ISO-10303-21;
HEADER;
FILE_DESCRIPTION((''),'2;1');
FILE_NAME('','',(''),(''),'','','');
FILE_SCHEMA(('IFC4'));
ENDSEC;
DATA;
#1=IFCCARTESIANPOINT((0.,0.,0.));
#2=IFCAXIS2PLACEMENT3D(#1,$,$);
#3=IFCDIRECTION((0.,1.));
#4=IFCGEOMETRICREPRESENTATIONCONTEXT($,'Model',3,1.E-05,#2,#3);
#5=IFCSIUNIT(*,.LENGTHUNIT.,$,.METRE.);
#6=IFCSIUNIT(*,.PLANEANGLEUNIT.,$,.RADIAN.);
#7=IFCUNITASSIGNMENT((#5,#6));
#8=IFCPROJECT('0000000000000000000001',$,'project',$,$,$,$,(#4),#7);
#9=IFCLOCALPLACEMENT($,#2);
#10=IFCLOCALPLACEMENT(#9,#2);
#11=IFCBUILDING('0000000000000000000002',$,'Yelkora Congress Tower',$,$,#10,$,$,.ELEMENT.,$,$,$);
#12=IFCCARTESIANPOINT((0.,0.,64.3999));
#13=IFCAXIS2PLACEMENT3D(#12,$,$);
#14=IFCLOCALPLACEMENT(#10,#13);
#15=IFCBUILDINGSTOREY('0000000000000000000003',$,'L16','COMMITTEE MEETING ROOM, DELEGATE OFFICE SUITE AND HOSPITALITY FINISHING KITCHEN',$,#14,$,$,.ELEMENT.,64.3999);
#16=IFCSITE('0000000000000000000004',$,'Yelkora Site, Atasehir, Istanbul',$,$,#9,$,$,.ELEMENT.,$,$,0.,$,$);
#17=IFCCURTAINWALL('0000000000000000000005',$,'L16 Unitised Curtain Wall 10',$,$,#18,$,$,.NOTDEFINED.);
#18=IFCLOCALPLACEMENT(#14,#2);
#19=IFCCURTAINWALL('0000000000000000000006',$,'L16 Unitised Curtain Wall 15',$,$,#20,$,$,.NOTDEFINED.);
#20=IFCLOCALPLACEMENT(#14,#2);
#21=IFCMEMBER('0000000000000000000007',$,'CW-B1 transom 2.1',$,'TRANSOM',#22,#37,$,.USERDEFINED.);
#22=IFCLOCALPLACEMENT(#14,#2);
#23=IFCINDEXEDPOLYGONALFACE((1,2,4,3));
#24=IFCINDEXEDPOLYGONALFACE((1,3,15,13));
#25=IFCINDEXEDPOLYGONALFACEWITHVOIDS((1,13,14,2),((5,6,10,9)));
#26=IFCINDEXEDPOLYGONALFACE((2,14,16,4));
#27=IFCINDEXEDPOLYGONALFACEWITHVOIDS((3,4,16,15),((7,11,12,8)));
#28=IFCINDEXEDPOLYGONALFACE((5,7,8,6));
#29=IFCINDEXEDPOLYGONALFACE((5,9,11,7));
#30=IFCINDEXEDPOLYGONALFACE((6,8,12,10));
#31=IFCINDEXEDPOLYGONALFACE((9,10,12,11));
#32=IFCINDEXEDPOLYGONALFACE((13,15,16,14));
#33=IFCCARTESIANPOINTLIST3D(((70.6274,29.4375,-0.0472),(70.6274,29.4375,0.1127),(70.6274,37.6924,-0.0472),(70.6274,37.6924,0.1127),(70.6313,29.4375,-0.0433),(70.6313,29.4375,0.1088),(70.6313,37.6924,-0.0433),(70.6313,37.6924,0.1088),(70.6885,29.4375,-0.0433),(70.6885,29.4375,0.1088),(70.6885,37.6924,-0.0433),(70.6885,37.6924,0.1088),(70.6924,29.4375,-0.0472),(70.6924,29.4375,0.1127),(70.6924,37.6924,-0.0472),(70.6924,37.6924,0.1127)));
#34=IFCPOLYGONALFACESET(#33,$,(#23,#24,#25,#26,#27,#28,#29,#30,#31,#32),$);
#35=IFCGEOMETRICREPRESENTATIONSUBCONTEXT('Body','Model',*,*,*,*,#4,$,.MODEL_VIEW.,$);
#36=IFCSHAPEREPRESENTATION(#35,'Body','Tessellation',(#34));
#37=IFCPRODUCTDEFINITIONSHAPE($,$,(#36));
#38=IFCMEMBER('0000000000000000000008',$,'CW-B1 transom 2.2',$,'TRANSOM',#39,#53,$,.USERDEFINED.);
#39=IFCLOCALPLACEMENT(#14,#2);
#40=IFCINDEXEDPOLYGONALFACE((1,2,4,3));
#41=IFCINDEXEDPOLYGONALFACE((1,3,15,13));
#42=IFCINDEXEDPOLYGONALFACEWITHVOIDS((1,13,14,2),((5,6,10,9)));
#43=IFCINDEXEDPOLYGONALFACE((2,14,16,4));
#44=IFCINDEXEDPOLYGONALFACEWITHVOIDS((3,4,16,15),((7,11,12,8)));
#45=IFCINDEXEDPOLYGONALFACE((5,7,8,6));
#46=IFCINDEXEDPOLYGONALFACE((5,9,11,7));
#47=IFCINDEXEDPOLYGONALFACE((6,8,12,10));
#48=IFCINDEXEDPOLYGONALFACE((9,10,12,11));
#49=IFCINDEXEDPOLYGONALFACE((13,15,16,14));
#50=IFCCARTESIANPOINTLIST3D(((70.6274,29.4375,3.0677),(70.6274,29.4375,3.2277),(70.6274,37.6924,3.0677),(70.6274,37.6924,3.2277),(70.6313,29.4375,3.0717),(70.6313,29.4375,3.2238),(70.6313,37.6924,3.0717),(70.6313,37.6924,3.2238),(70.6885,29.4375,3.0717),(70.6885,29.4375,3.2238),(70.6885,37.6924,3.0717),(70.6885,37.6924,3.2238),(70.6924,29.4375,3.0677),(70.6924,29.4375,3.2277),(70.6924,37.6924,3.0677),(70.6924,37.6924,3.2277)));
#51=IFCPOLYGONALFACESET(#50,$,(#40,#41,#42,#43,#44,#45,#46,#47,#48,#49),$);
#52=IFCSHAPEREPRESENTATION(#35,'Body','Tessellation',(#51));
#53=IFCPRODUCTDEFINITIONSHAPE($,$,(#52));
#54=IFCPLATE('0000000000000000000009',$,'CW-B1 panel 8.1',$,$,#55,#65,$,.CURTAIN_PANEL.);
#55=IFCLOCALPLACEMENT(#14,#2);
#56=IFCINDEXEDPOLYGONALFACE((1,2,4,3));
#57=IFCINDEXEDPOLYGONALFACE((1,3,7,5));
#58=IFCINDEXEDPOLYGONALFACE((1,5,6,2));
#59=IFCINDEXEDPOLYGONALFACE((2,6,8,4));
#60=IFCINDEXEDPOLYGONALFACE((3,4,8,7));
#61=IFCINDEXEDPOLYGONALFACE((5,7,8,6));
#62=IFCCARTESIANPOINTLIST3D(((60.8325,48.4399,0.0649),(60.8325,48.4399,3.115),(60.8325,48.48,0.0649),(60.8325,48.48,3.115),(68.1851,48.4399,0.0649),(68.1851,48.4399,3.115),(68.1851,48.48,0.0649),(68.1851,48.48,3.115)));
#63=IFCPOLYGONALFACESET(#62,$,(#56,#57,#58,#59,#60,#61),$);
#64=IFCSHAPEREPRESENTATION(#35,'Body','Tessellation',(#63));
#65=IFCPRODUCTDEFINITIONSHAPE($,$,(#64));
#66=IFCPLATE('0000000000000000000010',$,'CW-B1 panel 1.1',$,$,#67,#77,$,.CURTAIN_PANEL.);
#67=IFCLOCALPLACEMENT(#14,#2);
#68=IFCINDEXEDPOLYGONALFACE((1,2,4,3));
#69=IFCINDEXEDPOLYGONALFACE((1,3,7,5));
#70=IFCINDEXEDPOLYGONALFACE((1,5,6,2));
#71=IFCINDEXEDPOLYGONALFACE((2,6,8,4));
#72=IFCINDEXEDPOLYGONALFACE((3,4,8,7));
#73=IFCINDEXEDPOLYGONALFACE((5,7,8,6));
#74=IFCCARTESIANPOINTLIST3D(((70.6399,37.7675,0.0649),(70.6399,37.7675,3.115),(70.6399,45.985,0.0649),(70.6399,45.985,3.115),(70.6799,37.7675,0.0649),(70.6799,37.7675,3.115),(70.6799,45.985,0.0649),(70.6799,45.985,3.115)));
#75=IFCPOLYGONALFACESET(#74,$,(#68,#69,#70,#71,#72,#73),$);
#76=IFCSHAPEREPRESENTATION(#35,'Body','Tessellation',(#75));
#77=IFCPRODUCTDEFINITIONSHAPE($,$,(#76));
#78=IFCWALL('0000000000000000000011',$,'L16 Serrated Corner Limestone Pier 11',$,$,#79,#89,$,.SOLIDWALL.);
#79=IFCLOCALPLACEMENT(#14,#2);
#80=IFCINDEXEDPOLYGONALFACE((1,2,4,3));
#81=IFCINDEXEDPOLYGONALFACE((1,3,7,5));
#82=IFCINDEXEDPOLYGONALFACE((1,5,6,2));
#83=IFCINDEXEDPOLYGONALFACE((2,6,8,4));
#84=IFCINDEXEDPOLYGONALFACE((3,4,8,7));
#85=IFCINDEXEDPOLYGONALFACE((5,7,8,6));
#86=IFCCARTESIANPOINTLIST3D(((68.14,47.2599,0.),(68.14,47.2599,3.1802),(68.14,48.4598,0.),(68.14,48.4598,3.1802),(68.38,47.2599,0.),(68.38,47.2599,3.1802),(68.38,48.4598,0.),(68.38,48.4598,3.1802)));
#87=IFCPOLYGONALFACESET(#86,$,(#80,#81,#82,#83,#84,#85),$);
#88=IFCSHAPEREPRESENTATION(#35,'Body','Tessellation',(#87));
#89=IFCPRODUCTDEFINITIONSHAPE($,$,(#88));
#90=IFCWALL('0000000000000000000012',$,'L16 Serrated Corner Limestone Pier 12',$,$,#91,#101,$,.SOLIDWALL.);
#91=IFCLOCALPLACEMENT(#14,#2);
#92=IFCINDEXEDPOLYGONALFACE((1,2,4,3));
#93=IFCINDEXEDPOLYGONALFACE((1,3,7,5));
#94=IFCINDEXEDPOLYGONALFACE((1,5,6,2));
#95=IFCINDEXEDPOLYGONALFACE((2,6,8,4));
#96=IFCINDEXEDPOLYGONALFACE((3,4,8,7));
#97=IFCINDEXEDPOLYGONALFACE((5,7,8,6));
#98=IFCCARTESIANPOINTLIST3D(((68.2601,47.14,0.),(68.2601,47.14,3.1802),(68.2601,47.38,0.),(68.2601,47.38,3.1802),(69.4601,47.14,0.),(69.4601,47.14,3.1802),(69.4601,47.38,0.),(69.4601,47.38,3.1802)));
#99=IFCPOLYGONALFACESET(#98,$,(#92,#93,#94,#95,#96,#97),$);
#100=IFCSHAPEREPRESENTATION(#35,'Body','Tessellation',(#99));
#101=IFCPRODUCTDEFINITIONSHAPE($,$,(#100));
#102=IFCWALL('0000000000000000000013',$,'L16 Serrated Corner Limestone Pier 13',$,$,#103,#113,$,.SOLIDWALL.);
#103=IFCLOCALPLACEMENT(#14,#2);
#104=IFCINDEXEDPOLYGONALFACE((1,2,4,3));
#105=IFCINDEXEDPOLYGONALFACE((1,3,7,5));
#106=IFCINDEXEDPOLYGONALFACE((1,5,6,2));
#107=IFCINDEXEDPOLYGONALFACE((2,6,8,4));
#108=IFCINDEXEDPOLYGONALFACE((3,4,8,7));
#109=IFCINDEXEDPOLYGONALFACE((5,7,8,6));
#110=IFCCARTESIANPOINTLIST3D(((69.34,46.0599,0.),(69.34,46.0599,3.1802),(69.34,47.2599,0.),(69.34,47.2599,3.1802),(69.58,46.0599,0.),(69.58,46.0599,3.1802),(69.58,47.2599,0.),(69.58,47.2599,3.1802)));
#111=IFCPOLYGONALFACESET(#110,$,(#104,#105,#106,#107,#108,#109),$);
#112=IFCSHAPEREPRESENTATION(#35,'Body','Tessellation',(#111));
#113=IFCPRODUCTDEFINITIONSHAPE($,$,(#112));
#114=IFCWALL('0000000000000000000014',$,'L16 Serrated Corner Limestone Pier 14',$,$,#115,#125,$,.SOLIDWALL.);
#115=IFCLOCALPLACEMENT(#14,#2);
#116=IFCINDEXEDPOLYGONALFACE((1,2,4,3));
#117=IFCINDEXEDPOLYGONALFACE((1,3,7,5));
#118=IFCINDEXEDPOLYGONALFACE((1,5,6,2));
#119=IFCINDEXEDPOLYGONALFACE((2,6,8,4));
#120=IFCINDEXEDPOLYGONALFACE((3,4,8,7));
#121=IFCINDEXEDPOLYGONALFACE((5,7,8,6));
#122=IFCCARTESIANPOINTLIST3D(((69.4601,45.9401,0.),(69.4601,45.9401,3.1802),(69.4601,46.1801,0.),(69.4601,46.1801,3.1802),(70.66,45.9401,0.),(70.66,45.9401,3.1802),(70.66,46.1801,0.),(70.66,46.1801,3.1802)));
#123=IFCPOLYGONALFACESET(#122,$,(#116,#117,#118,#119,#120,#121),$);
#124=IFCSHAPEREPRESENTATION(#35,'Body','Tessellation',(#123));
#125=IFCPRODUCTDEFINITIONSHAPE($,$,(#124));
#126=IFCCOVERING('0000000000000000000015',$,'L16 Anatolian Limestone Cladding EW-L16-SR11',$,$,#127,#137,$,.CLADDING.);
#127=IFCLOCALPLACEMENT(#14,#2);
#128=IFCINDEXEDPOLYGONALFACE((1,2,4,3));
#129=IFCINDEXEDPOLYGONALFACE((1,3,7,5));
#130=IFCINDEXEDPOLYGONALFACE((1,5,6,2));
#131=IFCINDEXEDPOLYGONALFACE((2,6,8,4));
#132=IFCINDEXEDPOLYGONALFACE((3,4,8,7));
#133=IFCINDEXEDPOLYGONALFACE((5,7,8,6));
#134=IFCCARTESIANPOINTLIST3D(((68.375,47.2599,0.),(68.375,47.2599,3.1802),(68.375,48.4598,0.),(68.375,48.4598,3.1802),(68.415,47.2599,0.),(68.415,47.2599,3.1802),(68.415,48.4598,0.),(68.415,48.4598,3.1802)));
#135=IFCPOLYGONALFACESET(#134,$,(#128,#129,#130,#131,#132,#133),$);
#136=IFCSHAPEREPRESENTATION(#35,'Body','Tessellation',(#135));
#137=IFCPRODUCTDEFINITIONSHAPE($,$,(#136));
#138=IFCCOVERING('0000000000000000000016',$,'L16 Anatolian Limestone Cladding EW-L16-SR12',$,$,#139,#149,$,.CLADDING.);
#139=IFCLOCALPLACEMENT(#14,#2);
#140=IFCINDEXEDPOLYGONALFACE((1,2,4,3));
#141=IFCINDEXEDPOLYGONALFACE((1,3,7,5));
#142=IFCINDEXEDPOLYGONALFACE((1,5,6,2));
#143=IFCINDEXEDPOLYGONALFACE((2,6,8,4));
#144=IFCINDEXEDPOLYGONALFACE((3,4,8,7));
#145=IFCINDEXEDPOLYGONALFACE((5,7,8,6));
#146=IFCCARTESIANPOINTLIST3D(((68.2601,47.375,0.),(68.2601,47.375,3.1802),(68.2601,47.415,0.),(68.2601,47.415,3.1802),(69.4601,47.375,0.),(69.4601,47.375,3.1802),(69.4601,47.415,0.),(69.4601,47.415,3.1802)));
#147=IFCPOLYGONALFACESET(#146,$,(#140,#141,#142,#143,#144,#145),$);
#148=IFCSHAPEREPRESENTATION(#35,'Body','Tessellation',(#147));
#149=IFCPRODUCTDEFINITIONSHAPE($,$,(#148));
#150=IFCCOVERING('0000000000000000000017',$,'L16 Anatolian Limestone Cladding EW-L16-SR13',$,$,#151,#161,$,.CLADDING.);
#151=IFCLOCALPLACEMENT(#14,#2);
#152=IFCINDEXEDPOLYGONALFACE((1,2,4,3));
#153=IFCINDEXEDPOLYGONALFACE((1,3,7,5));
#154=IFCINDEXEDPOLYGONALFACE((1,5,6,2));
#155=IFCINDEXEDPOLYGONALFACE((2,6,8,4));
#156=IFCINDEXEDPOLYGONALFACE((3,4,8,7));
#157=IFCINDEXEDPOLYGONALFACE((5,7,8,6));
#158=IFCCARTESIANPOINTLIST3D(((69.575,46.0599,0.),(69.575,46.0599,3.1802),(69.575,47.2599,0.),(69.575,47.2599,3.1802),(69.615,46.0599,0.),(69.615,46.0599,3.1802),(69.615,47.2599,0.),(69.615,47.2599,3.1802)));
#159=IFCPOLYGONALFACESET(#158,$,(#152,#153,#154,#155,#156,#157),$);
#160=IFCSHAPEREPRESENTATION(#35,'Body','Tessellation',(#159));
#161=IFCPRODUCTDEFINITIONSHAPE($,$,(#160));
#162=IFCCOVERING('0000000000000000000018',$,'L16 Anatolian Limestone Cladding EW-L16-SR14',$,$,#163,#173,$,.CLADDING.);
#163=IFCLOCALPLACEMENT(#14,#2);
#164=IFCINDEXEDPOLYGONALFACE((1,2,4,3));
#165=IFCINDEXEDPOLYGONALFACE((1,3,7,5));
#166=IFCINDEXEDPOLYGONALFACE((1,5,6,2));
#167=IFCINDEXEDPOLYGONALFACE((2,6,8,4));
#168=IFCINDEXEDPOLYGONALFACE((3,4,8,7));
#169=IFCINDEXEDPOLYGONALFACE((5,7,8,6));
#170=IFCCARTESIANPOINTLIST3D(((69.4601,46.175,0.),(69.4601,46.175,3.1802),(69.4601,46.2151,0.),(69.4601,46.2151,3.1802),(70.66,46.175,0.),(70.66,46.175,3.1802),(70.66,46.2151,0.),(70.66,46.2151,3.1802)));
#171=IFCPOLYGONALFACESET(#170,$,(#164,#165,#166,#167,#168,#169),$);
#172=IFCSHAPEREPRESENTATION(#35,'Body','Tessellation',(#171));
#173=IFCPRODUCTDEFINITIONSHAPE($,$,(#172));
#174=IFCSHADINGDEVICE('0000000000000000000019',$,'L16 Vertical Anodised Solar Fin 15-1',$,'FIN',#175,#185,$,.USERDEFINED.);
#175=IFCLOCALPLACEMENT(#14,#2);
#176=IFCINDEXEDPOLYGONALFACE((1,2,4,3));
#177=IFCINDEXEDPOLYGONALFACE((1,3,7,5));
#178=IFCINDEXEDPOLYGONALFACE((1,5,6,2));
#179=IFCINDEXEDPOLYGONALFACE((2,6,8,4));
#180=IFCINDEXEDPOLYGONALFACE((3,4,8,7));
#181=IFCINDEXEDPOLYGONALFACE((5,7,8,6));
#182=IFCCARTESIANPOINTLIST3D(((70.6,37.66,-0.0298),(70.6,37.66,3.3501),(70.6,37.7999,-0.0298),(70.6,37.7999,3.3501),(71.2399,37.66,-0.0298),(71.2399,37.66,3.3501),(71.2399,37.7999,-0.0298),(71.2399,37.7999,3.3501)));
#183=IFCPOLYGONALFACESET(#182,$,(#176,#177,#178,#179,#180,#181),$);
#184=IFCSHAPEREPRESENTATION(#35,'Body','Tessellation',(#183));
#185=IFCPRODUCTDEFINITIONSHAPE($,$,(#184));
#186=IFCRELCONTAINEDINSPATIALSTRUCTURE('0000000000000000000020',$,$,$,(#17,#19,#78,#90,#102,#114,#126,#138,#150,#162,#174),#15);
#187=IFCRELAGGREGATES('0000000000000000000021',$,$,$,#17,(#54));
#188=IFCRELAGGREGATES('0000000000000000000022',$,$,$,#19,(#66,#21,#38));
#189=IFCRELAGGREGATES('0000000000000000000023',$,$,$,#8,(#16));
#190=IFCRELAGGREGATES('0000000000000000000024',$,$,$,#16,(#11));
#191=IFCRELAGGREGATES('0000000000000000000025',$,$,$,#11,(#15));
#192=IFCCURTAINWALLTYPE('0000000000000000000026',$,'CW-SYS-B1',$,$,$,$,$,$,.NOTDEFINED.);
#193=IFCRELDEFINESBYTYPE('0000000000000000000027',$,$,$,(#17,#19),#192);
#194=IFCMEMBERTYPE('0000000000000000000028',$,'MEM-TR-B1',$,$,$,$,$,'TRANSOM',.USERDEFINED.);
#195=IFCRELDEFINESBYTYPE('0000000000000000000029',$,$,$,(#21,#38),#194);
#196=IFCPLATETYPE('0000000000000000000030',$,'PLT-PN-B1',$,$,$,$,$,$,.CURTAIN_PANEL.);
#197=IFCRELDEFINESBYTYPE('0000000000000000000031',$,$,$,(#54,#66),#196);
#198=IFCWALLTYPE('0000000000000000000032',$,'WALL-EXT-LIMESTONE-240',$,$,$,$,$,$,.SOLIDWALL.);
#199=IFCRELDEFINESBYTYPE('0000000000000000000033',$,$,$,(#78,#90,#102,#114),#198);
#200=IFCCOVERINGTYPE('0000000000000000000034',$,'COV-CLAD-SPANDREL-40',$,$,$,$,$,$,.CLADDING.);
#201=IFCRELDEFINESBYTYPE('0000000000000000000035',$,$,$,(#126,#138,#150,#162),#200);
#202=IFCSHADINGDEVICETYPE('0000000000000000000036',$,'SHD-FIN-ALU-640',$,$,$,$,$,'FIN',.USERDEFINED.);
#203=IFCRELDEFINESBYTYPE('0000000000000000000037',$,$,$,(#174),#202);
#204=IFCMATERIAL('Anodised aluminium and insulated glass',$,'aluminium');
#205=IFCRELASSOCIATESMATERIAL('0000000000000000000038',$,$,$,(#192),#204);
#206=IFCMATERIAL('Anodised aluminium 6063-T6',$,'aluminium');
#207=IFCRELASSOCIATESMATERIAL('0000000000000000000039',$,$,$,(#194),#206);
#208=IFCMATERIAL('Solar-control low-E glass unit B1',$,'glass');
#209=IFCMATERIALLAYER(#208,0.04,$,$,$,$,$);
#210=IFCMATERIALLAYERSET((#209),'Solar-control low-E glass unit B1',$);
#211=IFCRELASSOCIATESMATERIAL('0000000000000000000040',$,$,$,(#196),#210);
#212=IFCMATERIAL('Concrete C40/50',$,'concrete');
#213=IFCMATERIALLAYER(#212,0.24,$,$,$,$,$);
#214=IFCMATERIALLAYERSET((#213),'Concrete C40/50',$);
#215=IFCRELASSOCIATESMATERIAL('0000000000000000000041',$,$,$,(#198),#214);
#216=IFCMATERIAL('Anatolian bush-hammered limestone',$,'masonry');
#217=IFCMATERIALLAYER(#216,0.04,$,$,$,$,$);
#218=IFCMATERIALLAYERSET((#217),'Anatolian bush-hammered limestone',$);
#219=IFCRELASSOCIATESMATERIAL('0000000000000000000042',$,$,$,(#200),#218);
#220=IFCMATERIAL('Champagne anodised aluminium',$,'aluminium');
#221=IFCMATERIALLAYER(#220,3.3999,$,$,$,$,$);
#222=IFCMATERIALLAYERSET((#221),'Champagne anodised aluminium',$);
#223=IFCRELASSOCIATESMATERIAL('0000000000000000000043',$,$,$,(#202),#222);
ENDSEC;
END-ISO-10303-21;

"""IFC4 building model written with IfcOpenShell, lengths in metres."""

from ifc_helpers import new_model, si_unit, direction, frame, frame_2d, origin, origin_2d, place, context, subcontext, project, spatial, rectangle, hollow_rectangle, extrude, material, layer, layer_set, material_profile, profile_set, type_object, element, aggregate, save


model = new_model("IFC4")

# Units and contexts
model_context = context("Model", 3, precision=1e-05, world=origin(), true_north=direction((0.0, 1.0)))
body_context = subcontext(model_context, "Body", "Model", "MODEL_VIEW")
ifc_project = project(units=[si_unit("LENGTHUNIT", "METRE"), si_unit("PLANEANGLEUNIT", "RADIAN")], contexts=[model_context])

# Site, building, storey
site_placement = place(None, origin())
site = spatial("IfcSite", under=ifc_project, at=site_placement, Name="Yelkora Site, Atasehir, Istanbul", CompositionType="ELEMENT", RefElevation=0.0)
building_placement = place(site_placement, origin())
building = spatial("IfcBuilding", under=site, at=building_placement, Name="Yelkora Congress Tower", CompositionType="ELEMENT")
storey_placement = place(building_placement, frame((0.0, 0.0, 64.3999)))
storey = spatial("IfcBuildingStorey", under=building, at=storey_placement, Name="L16", Description="COMMITTEE MEETING ROOM, DELEGATE OFFICE SUITE AND HOSPITALITY FINISHING KITCHEN", CompositionType="ELEMENT", Elevation=64.3999)

# Curtain wall
ifc_material_1 = material(Name="Anodised aluminium and insulated glass", Category="aluminium")
curtain_wall_type = type_object("IfcCurtainWallType", Name="CW-SYS-B1", PredefinedType="NOTDEFINED", material=ifc_material_1)
curtain_wall_1_placement = place(storey_placement, origin())
curtain_wall_1 = element("IfcCurtainWall", 1, at=curtain_wall_1_placement, inside=storey, type_object=curtain_wall_type, Name="L16 Unitised Curtain Wall 10", PredefinedType="NOTDEFINED")
ifc_material_2 = material(Name="Anodised aluminium 6063-T6", Category="aluminium")

# Curtain wall, members
curtain_wall_2_placement = place(storey_placement, origin())
curtain_wall_2 = element("IfcCurtainWall", 2, at=curtain_wall_2_placement, inside=storey, type_object=curtain_wall_type, Name="L16 Unitised Curtain Wall 15", PredefinedType="NOTDEFINED")
ifc_material_profile_1 = material_profile(ifc_material_2, hollow_rectangle(XDim=0.0649, YDim=0.1599, WallThickness=0.0039, at=origin_2d()), Name="ALU 65x160x4")
ifc_profile_set_1 = profile_set([ifc_material_profile_1], Name="Anodised aluminium 6063-T6")
member_type_1 = type_object("IfcMemberType", Name="MEM-TR-B1", ElementType="TRANSOM", PredefinedType="USERDEFINED", material=ifc_profile_set_1)
member_1_placement = place(storey_placement, frame((70.6599, 37.6924, 0.0327), z_axis=(0.0, -1.0, 0.0), x_axis=(1.0, 0.0, 0.0)))
member_1 = element("IfcMember", 3, at=member_1_placement, type_object=member_type_1, Name="CW-B1 transom 2.1", ObjectType="TRANSOM", PredefinedType="USERDEFINED", context=body_context, shape_type="SweptSolid", body=[
    extrude(hollow_rectangle(XDim=0.0649, YDim=0.1599, WallThickness=0.0039, at=origin_2d()), origin(), (0.0, 0.0, 1.0), 8.2549),
])
member_2_placement = place(storey_placement, frame((70.6599, 37.6924, 3.1477), z_axis=(0.0, -1.0, 0.0), x_axis=(1.0, 0.0, 0.0)))
member_2 = element("IfcMember", 4, at=member_2_placement, type_object=member_type_1, Name="CW-B1 transom 2.2", ObjectType="TRANSOM", PredefinedType="USERDEFINED", context=body_context, shape_type="SweptSolid", body=[
    extrude(hollow_rectangle(XDim=0.0649, YDim=0.1599, WallThickness=0.0039, at=origin_2d()), origin(), (0.0, 0.0, 1.0), 8.2549),
])

# Plates
ifc_material_3 = material(Name="Solar-control low-E glass unit B1", Category="glass")
ifc_layer_1 = layer(ifc_material_3, 0.04)
ifc_layer_set_1 = layer_set([ifc_layer_1], Name="Solar-control low-E glass unit B1")
plate_type = type_object("IfcPlateType", Name="PLT-PN-B1", PredefinedType="CURTAIN_PANEL", material=ifc_layer_set_1)
plate_1_placement = place(storey_placement, frame((64.5088, 48.46, 0.0649), z_axis=(0.0, 0.0, 1.0), x_axis=(1.0, 0.0, 0.0)))
plate_1 = element("IfcPlate", 5, at=plate_1_placement, type_object=plate_type, Name="CW-B1 panel 8.1", PredefinedType="CURTAIN_PANEL", context=body_context, shape_type="SweptSolid", body=[
    extrude(rectangle(XDim=7.3525, YDim=0.04, at=origin_2d()), origin(), (0.0, 0.0, 1.0), 3.05),
])
aggregate(curtain_wall_1, [plate_1])
plate_2_placement = place(storey_placement, frame((70.6599, 41.8762, 0.0649), z_axis=(0.0, 0.0, 1.0), x_axis=(0.0, -1.0, 0.0)))
plate_2 = element("IfcPlate", 6, at=plate_2_placement, type_object=plate_type, Name="CW-B1 panel 1.1", PredefinedType="CURTAIN_PANEL", context=body_context, shape_type="SweptSolid", body=[
    extrude(rectangle(XDim=8.2175, YDim=0.04, at=origin_2d()), origin(), (0.0, 0.0, 1.0), 3.05),
])
aggregate(curtain_wall_2, [plate_2, member_1, member_2])

# Walls
ifc_material_4 = material(Name="Concrete C40/50", Category="concrete")
ifc_layer_2 = layer(ifc_material_4, 0.24)
ifc_layer_set_2 = layer_set([ifc_layer_2], Name="Concrete C40/50")
wall_type = type_object("IfcWallType", Name="WALL-EXT-LIMESTONE-240", PredefinedType="SOLIDWALL", material=ifc_layer_set_2)
for number, where, z_axis, x_axis, name in (
    (7, (68.26, 48.46, 0.0), (0.0, 0.0, 1.0), (0.0, -1.0, 0.0), "L16 Serrated Corner Limestone Pier 11"),
    (8, (68.26, 47.26, 0.0), (0.0, 0.0, 1.0), (1.0, 0.0, 0.0), "L16 Serrated Corner Limestone Pier 12"),
    (9, (69.46, 47.26, 0.0), (0.0, 0.0, 1.0), (0.0, -1.0, 0.0), "L16 Serrated Corner Limestone Pier 13"),
    (10, (69.46, 46.0601, 0.0), (0.0, 0.0, 1.0), (1.0, 0.0, 0.0), "L16 Serrated Corner Limestone Pier 14"),
):
    element("IfcWall", number, at=place(storey_placement, frame(where, z_axis=z_axis, x_axis=x_axis)), inside=storey, type_object=wall_type, Name=name, PredefinedType="SOLIDWALL", context=body_context, shape_type="SweptSolid", body=[
        extrude(rectangle(XDim=1.2, YDim=0.24, at=frame_2d((0.6001, 0.0))), origin(), (0.0, 0.0, 1.0), 3.1802),
    ])

# Coverings
ifc_material_5 = material(Name="Anatolian bush-hammered limestone", Category="masonry")
ifc_layer_3 = layer(ifc_material_5, 0.04)
ifc_layer_set_3 = layer_set([ifc_layer_3], Name="Anatolian bush-hammered limestone")
covering_type = type_object("IfcCoveringType", Name="COV-CLAD-SPANDREL-40", PredefinedType="CLADDING", material=ifc_layer_set_3)
for number, where, z_axis, x_axis, name in (
    (11, (68.395, 48.46, 0.0), (0.0, 0.0, 1.0), (0.0, -1.0, 0.0), "L16 Anatolian Limestone Cladding EW-L16-SR11"),
    (12, (68.26, 47.395, 0.0), (0.0, 0.0, 1.0), (1.0, 0.0, 0.0), "L16 Anatolian Limestone Cladding EW-L16-SR12"),
    (13, (69.595, 47.26, 0.0), (0.0, 0.0, 1.0), (0.0, -1.0, 0.0), "L16 Anatolian Limestone Cladding EW-L16-SR13"),
    (14, (69.46, 46.1951, 0.0), (0.0, 0.0, 1.0), (1.0, 0.0, 0.0), "L16 Anatolian Limestone Cladding EW-L16-SR14"),
):
    element("IfcCovering", number, at=place(storey_placement, frame(where, z_axis=z_axis, x_axis=x_axis)), inside=storey, type_object=covering_type, Name=name, PredefinedType="CLADDING", context=body_context, shape_type="SweptSolid", body=[
        extrude(rectangle(XDim=1.2, YDim=0.04, at=frame_2d((0.6001, 0.0))), origin(), (0.0, 0.0, 1.0), 3.1802),
    ])

# Shading device
ifc_material_6 = material(Name="Champagne anodised aluminium", Category="aluminium")
ifc_layer_4 = layer(ifc_material_6, 3.3999)
ifc_layer_set_4 = layer_set([ifc_layer_4], Name="Champagne anodised aluminium")
shading_device_type = type_object("IfcShadingDeviceType", Name="SHD-FIN-ALU-640", ElementType="FIN", PredefinedType="USERDEFINED", material=ifc_layer_set_4)
shading_device_placement = place(storey_placement, frame((70.9199, 37.73, -0.0298), z_axis=(0.0, 0.0, 1.0), x_axis=(0.0, -1.0, 0.0)))
element("IfcShadingDevice", 15, at=shading_device_placement, inside=storey, type_object=shading_device_type, Name="L16 Vertical Anodised Solar Fin 15-1", ObjectType="FIN", PredefinedType="USERDEFINED", context=body_context, shape_type="SweptSolid", body=[
    extrude(rectangle(XDim=0.1399, YDim=0.6399, at=origin_2d()), origin(), (0.0, 0.0, 1.0), 3.3799),
])

save(model, "model.ifc")
